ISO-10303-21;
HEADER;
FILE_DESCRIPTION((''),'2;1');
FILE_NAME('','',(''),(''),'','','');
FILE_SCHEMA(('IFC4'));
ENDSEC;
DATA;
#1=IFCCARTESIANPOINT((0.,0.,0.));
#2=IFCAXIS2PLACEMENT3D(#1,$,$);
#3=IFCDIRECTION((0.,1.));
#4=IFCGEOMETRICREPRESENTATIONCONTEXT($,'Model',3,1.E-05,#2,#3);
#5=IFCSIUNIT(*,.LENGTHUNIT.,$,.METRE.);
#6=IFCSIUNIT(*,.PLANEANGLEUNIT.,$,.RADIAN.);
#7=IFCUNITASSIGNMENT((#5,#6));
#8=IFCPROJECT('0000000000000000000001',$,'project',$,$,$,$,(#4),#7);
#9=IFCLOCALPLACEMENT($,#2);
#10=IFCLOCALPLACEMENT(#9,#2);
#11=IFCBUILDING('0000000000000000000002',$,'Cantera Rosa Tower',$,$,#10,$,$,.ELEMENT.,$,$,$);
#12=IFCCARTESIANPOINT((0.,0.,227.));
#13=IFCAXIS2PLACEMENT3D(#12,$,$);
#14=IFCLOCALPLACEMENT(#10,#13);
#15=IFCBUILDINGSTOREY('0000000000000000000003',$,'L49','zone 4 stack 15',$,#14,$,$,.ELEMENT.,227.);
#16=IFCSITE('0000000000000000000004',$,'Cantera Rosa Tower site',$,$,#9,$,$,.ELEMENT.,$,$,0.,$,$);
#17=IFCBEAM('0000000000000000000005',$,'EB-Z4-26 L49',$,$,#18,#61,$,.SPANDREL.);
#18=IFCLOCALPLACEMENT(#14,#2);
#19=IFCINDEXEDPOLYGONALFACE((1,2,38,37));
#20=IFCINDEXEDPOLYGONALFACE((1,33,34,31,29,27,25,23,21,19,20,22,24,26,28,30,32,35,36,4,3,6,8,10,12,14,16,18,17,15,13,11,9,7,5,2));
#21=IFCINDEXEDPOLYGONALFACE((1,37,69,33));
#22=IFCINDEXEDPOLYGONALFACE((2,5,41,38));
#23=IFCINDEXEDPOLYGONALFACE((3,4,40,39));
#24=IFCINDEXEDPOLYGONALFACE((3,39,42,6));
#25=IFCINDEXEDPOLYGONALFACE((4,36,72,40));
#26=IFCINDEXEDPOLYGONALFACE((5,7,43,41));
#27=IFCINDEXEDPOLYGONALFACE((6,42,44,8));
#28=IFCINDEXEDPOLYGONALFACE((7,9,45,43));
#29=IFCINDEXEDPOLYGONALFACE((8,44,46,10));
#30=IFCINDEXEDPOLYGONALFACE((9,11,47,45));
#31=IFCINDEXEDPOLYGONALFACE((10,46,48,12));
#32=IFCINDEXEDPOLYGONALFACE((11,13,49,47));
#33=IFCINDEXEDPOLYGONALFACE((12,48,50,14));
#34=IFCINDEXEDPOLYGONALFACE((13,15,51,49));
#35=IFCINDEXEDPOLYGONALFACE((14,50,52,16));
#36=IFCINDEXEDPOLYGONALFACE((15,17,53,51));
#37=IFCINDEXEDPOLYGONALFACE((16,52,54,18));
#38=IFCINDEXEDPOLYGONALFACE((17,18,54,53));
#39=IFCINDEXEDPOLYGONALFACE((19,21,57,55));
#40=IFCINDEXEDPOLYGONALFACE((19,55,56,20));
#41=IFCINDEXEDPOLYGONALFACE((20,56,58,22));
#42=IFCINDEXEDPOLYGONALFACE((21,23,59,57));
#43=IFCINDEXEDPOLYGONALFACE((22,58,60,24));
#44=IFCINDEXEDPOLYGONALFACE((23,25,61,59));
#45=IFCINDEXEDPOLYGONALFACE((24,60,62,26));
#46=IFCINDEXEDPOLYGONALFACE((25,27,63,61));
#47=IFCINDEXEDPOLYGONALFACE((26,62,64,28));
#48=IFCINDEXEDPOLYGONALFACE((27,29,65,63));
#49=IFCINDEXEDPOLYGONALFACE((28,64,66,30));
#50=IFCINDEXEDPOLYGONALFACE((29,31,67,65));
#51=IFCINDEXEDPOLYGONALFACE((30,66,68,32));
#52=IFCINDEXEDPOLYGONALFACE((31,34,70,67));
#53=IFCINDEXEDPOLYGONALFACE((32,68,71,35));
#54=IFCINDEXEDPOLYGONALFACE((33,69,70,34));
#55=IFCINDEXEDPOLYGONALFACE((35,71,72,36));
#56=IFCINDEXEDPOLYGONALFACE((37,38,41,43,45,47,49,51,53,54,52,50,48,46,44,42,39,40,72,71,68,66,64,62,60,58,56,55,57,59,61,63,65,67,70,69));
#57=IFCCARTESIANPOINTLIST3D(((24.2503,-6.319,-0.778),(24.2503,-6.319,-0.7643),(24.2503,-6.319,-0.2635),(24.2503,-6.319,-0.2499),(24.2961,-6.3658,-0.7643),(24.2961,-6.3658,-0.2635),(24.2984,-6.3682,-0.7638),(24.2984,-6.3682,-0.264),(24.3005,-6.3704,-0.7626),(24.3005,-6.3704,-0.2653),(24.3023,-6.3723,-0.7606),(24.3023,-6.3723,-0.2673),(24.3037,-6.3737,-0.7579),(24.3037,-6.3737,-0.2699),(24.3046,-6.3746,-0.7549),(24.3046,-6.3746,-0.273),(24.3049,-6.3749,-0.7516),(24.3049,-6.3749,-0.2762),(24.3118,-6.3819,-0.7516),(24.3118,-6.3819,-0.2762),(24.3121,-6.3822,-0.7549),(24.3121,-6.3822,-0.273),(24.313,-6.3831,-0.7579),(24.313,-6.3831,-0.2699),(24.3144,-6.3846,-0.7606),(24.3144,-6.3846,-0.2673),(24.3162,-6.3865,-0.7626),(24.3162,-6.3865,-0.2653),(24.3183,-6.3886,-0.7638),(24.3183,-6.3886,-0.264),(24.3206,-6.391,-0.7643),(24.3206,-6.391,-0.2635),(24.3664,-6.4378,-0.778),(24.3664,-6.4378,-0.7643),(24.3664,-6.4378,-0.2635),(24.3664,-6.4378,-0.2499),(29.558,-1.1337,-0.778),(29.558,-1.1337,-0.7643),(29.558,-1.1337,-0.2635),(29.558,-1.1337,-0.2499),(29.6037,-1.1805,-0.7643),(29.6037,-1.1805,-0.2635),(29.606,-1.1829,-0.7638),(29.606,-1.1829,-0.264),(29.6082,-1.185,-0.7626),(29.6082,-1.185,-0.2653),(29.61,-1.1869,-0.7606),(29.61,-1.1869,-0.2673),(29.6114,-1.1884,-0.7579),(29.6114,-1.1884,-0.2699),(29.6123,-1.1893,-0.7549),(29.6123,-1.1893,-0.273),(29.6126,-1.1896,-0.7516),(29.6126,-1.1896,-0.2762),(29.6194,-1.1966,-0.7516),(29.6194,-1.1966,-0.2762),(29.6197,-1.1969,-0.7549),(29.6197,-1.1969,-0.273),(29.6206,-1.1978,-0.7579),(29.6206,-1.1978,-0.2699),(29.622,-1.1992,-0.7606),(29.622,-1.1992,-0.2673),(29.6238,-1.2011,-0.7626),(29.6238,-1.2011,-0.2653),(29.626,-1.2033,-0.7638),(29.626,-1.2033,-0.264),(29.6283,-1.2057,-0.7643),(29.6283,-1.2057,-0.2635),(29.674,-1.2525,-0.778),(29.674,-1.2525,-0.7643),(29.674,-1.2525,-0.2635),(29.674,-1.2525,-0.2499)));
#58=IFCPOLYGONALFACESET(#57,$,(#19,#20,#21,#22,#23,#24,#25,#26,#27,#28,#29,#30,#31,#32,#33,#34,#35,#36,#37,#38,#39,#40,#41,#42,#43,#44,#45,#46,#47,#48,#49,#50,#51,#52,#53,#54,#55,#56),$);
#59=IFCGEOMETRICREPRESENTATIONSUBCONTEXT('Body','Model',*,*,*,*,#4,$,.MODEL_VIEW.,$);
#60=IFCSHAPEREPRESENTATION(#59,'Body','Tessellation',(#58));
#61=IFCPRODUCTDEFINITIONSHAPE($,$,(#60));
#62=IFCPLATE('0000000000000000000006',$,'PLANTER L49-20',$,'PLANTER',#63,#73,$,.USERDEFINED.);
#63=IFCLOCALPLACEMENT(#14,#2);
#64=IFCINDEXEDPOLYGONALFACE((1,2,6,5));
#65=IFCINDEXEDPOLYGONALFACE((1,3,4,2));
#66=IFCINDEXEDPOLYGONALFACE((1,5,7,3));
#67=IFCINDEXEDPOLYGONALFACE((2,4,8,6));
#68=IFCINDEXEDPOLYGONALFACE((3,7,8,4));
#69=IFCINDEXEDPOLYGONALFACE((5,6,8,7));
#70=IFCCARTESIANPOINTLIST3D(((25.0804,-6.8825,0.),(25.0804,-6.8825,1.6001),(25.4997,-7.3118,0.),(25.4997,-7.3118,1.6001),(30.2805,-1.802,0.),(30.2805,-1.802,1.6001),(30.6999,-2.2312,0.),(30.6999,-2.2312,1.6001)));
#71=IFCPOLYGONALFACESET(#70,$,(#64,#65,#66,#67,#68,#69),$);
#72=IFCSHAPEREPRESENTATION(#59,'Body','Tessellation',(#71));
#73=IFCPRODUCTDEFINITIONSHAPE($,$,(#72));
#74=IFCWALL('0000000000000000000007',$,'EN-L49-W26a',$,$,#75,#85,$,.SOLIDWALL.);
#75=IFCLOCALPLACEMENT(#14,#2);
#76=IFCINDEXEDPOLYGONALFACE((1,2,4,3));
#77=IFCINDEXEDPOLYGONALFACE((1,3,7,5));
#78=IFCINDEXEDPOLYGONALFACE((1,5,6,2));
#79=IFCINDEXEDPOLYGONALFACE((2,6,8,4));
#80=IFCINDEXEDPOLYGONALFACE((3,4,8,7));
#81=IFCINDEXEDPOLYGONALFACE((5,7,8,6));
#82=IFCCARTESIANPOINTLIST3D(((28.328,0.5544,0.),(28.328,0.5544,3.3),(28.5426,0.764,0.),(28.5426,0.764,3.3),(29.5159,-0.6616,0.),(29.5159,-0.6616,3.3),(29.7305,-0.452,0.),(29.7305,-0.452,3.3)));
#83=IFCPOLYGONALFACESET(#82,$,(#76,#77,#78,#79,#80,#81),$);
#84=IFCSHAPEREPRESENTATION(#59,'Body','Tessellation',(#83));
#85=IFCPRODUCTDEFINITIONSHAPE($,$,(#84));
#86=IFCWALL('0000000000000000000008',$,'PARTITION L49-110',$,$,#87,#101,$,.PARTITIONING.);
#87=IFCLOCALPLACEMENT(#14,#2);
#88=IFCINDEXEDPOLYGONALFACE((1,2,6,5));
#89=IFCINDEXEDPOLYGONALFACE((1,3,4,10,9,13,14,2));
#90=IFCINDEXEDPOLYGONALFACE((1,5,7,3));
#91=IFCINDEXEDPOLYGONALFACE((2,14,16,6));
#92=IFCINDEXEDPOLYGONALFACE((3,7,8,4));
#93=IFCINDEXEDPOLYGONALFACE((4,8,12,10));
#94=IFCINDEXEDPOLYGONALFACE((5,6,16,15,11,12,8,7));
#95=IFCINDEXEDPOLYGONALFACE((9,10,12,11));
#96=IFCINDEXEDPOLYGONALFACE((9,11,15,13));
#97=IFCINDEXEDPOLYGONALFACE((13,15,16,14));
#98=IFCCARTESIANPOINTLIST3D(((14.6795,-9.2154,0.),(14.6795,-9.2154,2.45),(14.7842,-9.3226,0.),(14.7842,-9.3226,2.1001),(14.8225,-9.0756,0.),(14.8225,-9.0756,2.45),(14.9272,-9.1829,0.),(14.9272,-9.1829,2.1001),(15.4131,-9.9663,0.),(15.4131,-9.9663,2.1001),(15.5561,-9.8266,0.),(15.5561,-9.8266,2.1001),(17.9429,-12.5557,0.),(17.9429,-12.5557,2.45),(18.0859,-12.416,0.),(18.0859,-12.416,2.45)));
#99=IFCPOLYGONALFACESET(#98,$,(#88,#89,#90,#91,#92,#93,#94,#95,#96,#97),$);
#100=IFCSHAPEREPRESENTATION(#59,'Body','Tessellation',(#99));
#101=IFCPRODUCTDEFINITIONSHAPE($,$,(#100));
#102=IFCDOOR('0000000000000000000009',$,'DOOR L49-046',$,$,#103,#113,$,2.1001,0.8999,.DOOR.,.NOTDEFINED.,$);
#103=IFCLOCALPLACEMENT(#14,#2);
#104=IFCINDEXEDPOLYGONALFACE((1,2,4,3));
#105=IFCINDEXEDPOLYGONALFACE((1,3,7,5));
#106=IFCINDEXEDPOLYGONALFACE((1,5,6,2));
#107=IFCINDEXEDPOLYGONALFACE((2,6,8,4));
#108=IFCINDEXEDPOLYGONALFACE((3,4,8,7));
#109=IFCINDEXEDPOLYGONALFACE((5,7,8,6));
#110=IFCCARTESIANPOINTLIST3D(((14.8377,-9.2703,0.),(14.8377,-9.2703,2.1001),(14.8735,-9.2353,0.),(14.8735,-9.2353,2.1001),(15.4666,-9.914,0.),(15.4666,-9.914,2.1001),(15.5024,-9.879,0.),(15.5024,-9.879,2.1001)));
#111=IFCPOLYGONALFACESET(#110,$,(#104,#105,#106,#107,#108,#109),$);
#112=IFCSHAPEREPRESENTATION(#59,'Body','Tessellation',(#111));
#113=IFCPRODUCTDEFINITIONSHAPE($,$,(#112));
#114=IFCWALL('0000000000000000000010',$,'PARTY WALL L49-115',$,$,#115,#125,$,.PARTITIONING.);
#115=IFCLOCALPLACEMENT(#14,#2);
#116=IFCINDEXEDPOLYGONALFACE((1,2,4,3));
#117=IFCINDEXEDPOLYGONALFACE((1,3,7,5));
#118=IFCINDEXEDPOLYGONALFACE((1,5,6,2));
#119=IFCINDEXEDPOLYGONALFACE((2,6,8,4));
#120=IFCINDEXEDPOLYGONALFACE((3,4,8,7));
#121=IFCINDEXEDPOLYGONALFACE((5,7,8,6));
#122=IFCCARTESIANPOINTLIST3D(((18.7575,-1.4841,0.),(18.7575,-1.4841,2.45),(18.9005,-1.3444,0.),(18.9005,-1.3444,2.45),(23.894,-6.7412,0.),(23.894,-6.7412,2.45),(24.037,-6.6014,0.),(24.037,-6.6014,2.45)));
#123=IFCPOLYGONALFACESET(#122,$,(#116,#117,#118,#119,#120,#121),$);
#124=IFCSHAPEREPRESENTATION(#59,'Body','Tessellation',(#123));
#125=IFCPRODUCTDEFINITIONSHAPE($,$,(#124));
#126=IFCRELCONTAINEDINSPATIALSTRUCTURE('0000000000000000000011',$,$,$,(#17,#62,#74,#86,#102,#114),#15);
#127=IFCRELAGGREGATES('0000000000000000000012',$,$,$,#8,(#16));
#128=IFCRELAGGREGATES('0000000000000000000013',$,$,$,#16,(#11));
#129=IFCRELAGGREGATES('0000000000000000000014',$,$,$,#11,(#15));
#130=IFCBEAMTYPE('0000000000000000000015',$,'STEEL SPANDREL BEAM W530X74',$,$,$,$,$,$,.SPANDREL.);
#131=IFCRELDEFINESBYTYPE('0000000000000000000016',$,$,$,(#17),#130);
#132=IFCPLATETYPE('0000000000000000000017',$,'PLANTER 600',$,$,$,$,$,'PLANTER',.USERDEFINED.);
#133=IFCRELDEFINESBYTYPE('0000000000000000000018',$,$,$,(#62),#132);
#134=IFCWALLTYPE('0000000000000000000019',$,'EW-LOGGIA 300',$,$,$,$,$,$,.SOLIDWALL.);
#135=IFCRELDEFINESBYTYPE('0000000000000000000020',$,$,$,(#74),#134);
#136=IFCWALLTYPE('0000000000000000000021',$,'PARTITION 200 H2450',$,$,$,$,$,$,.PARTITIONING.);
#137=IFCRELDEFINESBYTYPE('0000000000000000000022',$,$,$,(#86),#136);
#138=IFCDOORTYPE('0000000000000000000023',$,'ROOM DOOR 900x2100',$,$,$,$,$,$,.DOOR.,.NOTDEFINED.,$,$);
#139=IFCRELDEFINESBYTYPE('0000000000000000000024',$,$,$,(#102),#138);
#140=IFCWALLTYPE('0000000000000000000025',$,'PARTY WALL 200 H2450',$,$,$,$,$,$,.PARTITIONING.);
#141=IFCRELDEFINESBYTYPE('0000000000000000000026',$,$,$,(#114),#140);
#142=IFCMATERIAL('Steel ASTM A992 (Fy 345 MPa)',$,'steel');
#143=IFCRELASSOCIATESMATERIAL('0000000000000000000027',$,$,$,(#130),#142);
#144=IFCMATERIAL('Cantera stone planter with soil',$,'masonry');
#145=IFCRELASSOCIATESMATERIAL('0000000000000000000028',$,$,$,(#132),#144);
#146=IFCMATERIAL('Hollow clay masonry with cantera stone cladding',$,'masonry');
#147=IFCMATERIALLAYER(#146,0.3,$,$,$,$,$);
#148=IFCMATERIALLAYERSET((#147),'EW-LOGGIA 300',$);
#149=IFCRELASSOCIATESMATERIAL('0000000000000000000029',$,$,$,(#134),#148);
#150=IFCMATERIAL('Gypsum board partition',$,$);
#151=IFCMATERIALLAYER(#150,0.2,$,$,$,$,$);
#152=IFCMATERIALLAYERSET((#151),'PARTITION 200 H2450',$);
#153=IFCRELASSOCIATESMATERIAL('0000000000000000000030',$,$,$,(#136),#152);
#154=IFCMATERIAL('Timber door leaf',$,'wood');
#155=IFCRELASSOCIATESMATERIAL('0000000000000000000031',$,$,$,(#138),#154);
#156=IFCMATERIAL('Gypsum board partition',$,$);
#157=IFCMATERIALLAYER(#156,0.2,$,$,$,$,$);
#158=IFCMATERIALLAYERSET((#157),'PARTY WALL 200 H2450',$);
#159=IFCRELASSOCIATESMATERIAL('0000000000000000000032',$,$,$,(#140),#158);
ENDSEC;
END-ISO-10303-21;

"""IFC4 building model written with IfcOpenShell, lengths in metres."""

from ifc_helpers import new_model, si_unit, direction, frame, frame_2d, origin, origin_2d, place, context, subcontext, project, spatial, rectangle, i_section, extrude, material, layer, layer_set, material_profile, profile_set, type_object, element, fill, save


model = new_model("IFC4")

# Units and contexts
model_context = context("Model", 3, precision=1e-05, world=origin(), true_north=direction((0.0, 1.0)))
body_context = subcontext(model_context, "Body", "Model", "MODEL_VIEW")
ifc_project = project(units=[si_unit("LENGTHUNIT", "METRE"), si_unit("PLANEANGLEUNIT", "RADIAN")], contexts=[model_context])

# Site, building, storey
site_placement = place(None, origin())
site = spatial("IfcSite", under=ifc_project, at=site_placement, Name="Cantera Rosa Tower site", CompositionType="ELEMENT", RefElevation=0.0)
building_placement = place(site_placement, origin())
building = spatial("IfcBuilding", under=site, at=building_placement, Name="Cantera Rosa Tower", CompositionType="ELEMENT")
storey_placement = place(building_placement, frame((0.0, 0.0, 227.0)))
storey = spatial("IfcBuildingStorey", under=building, at=storey_placement, Name="L49", Description="zone 4 stack 15", CompositionType="ELEMENT", Elevation=227.0)

# Beam
ifc_material_1 = material(Name="Steel ASTM A992 (Fy 345 MPa)", Category="steel")
ifc_material_profile_1 = material_profile(ifc_material_1, i_section(OverallWidth=0.166, OverallDepth=0.5281, WebThickness=0.0098, FlangeThickness=0.0137, FilletRadius=0.0127, at=origin_2d()), Name="W530X74")
ifc_profile_set_1 = profile_set([ifc_material_profile_1], Name="Steel ASTM A992 (Fy 345 MPa)")
beam_type_1 = type_object("IfcBeamType", Name="STEEL SPANDREL BEAM W530X74", PredefinedType="SPANDREL", material=ifc_profile_set_1)
beam_1_placement = place(storey_placement, frame((24.3083, -6.3784, -0.5139), z_axis=(0.715301, 0.698817, 0.0), x_axis=(-0.698817, 0.715301, 0.0)))
element("IfcBeam", 1, at=beam_1_placement, inside=storey, type_object=beam_type_1, Name="EB-Z4-26 L49", PredefinedType="SPANDREL", context=body_context, shape_type="SweptSolid", body=[
    extrude(i_section(OverallWidth=0.166, OverallDepth=0.5281, WebThickness=0.0098, FlangeThickness=0.0137, FilletRadius=0.0127, at=origin_2d()), origin(), (0.0, 0.0, 1.0), 7.4202),
])

# Plate
ifc_material_2 = material(Name="Cantera stone planter with soil", Category="masonry")
plate_type = type_object("IfcPlateType", Name="PLANTER 600", ElementType="PLANTER", PredefinedType="USERDEFINED", material=ifc_material_2)
plate_placement = place(storey_placement, frame((27.8901, -4.5569, 0.0), z_axis=(0.0, 0.0, 1.0), x_axis=(0.715286, 0.698832, 0.0)))
element("IfcPlate", 2, at=plate_placement, inside=storey, type_object=plate_type, Name="PLANTER L49-20", ObjectType="PLANTER", PredefinedType="USERDEFINED", context=body_context, shape_type="SweptSolid", body=[
    extrude(rectangle(XDim=7.27, YDim=0.6001, at=origin_2d()), origin(), (0.0, 0.0, 1.0), 1.6001),
])

# Wall
ifc_material_3 = material(Name="Hollow clay masonry with cantera stone cladding", Category="masonry")
ifc_layer_1 = layer(ifc_material_3, 0.3)
ifc_layer_set_1 = layer_set([ifc_layer_1], Name="EW-LOGGIA 300")
wall_type_1 = type_object("IfcWallType", Name="EW-LOGGIA 300", PredefinedType="SOLIDWALL", material=ifc_layer_set_1)
wall_1_placement = place(storey_placement, frame((29.6233, -0.5569, 0.0), z_axis=(0.0, 0.0, 1.0), x_axis=(-0.698801, 0.715316, 0.0)))
element("IfcWall", 3, at=wall_1_placement, inside=storey, type_object=wall_type_1, Name="EN-L49-W26a", PredefinedType="SOLIDWALL", context=body_context, shape_type="SweptSolid", body=[
    extrude(rectangle(XDim=1.7, YDim=0.3, at=frame_2d((0.8501, 0.0))), origin(), (0.0, 0.0, 1.0), 3.3),
])

# Wall, opening, door
ifc_material_4 = material(Name="Gypsum board partition")
ifc_layer_2 = layer(ifc_material_4, 0.2)
ifc_layer_set_2 = layer_set([ifc_layer_2], Name="PARTITION 200 H2450")
wall_type_2 = type_object("IfcWallType", Name="PARTITION 200 H2450", PredefinedType="PARTITIONING", material=ifc_layer_set_2)
wall_2_placement = place(storey_placement, frame((14.751, -9.1455, 0.0), z_axis=(0.0, 0.0, 1.0), x_axis=(0.698825, -0.715293, 0.0)))
wall_2 = element("IfcWall", 4, at=wall_2_placement, inside=storey, type_object=wall_type_2, Name="PARTITION L49-110", PredefinedType="PARTITIONING", context=body_context, shape_type="SweptSolid", body=[
    extrude(rectangle(XDim=4.6699, YDim=0.2, at=frame_2d((2.335, 0.0))), origin(), (0.0, 0.0, 1.0), 2.45),
])
opening_1_placement = place(wall_2_placement, frame((0.1499, 0.0, 0.0)))
opening_1 = element("IfcOpeningElement", 5, at=opening_1_placement, cuts=wall_2, PredefinedType="OPENING", context=body_context, shape_type="SweptSolid", body=[
    extrude(rectangle(XDim=0.8999, YDim=2.1001, at=frame_2d((0.45, 1.05))), frame((0.0, 0.1099, 0.0), z_axis=(0.0, -1.0, 0.0), x_axis=(1.0, 0.0, 0.0)), (0.0, 0.0, 1.0), 0.22),
])
ifc_material_5 = material(Name="Timber door leaf", Category="wood")
door_type_1 = type_object("IfcDoorType", Name="ROOM DOOR 900x2100", OperationType="NOTDEFINED", PredefinedType="DOOR", material=ifc_material_5)
door_1_placement = place(opening_1_placement, origin())
door_1 = element("IfcDoor", 6, at=door_1_placement, inside=storey, type_object=door_type_1, Name="DOOR L49-046", OperationType="NOTDEFINED", OverallHeight=2.1001, OverallWidth=0.8999, PredefinedType="DOOR", context=body_context, shape_type="SweptSolid", body=[
    extrude(rectangle(XDim=0.8999, YDim=2.1001, at=frame_2d((0.45, 1.05))), frame((0.0, 0.0249, 0.0), z_axis=(0.0, -1.0, 0.0), x_axis=(1.0, 0.0, 0.0)), (0.0, 0.0, 1.0), 0.05),
])
fill(opening_1, door_1)

# Wall
ifc_material_6 = material(Name="Gypsum board partition")
ifc_layer_3 = layer(ifc_material_6, 0.2)
ifc_layer_set_3 = layer_set([ifc_layer_3], Name="PARTY WALL 200 H2450")
wall_type_3 = type_object("IfcWallType", Name="PARTY WALL 200 H2450", PredefinedType="PARTITIONING", material=ifc_layer_set_3)
wall_3_placement = place(storey_placement, frame((18.8291, -1.4143, 0.0), z_axis=(0.0, 0.0, 1.0), x_axis=(0.698855, -0.715264, 0.0)))
element("IfcWall", 7, at=wall_3_placement, inside=storey, type_object=wall_type_3, Name="PARTY WALL L49-115", PredefinedType="PARTITIONING", context=body_context, shape_type="SweptSolid", body=[
    extrude(rectangle(XDim=7.3499, YDim=0.2, at=frame_2d((3.6748, 0.0))), origin(), (0.0, 0.0, 1.0), 2.45),
])

save(model, "model.ifc")
